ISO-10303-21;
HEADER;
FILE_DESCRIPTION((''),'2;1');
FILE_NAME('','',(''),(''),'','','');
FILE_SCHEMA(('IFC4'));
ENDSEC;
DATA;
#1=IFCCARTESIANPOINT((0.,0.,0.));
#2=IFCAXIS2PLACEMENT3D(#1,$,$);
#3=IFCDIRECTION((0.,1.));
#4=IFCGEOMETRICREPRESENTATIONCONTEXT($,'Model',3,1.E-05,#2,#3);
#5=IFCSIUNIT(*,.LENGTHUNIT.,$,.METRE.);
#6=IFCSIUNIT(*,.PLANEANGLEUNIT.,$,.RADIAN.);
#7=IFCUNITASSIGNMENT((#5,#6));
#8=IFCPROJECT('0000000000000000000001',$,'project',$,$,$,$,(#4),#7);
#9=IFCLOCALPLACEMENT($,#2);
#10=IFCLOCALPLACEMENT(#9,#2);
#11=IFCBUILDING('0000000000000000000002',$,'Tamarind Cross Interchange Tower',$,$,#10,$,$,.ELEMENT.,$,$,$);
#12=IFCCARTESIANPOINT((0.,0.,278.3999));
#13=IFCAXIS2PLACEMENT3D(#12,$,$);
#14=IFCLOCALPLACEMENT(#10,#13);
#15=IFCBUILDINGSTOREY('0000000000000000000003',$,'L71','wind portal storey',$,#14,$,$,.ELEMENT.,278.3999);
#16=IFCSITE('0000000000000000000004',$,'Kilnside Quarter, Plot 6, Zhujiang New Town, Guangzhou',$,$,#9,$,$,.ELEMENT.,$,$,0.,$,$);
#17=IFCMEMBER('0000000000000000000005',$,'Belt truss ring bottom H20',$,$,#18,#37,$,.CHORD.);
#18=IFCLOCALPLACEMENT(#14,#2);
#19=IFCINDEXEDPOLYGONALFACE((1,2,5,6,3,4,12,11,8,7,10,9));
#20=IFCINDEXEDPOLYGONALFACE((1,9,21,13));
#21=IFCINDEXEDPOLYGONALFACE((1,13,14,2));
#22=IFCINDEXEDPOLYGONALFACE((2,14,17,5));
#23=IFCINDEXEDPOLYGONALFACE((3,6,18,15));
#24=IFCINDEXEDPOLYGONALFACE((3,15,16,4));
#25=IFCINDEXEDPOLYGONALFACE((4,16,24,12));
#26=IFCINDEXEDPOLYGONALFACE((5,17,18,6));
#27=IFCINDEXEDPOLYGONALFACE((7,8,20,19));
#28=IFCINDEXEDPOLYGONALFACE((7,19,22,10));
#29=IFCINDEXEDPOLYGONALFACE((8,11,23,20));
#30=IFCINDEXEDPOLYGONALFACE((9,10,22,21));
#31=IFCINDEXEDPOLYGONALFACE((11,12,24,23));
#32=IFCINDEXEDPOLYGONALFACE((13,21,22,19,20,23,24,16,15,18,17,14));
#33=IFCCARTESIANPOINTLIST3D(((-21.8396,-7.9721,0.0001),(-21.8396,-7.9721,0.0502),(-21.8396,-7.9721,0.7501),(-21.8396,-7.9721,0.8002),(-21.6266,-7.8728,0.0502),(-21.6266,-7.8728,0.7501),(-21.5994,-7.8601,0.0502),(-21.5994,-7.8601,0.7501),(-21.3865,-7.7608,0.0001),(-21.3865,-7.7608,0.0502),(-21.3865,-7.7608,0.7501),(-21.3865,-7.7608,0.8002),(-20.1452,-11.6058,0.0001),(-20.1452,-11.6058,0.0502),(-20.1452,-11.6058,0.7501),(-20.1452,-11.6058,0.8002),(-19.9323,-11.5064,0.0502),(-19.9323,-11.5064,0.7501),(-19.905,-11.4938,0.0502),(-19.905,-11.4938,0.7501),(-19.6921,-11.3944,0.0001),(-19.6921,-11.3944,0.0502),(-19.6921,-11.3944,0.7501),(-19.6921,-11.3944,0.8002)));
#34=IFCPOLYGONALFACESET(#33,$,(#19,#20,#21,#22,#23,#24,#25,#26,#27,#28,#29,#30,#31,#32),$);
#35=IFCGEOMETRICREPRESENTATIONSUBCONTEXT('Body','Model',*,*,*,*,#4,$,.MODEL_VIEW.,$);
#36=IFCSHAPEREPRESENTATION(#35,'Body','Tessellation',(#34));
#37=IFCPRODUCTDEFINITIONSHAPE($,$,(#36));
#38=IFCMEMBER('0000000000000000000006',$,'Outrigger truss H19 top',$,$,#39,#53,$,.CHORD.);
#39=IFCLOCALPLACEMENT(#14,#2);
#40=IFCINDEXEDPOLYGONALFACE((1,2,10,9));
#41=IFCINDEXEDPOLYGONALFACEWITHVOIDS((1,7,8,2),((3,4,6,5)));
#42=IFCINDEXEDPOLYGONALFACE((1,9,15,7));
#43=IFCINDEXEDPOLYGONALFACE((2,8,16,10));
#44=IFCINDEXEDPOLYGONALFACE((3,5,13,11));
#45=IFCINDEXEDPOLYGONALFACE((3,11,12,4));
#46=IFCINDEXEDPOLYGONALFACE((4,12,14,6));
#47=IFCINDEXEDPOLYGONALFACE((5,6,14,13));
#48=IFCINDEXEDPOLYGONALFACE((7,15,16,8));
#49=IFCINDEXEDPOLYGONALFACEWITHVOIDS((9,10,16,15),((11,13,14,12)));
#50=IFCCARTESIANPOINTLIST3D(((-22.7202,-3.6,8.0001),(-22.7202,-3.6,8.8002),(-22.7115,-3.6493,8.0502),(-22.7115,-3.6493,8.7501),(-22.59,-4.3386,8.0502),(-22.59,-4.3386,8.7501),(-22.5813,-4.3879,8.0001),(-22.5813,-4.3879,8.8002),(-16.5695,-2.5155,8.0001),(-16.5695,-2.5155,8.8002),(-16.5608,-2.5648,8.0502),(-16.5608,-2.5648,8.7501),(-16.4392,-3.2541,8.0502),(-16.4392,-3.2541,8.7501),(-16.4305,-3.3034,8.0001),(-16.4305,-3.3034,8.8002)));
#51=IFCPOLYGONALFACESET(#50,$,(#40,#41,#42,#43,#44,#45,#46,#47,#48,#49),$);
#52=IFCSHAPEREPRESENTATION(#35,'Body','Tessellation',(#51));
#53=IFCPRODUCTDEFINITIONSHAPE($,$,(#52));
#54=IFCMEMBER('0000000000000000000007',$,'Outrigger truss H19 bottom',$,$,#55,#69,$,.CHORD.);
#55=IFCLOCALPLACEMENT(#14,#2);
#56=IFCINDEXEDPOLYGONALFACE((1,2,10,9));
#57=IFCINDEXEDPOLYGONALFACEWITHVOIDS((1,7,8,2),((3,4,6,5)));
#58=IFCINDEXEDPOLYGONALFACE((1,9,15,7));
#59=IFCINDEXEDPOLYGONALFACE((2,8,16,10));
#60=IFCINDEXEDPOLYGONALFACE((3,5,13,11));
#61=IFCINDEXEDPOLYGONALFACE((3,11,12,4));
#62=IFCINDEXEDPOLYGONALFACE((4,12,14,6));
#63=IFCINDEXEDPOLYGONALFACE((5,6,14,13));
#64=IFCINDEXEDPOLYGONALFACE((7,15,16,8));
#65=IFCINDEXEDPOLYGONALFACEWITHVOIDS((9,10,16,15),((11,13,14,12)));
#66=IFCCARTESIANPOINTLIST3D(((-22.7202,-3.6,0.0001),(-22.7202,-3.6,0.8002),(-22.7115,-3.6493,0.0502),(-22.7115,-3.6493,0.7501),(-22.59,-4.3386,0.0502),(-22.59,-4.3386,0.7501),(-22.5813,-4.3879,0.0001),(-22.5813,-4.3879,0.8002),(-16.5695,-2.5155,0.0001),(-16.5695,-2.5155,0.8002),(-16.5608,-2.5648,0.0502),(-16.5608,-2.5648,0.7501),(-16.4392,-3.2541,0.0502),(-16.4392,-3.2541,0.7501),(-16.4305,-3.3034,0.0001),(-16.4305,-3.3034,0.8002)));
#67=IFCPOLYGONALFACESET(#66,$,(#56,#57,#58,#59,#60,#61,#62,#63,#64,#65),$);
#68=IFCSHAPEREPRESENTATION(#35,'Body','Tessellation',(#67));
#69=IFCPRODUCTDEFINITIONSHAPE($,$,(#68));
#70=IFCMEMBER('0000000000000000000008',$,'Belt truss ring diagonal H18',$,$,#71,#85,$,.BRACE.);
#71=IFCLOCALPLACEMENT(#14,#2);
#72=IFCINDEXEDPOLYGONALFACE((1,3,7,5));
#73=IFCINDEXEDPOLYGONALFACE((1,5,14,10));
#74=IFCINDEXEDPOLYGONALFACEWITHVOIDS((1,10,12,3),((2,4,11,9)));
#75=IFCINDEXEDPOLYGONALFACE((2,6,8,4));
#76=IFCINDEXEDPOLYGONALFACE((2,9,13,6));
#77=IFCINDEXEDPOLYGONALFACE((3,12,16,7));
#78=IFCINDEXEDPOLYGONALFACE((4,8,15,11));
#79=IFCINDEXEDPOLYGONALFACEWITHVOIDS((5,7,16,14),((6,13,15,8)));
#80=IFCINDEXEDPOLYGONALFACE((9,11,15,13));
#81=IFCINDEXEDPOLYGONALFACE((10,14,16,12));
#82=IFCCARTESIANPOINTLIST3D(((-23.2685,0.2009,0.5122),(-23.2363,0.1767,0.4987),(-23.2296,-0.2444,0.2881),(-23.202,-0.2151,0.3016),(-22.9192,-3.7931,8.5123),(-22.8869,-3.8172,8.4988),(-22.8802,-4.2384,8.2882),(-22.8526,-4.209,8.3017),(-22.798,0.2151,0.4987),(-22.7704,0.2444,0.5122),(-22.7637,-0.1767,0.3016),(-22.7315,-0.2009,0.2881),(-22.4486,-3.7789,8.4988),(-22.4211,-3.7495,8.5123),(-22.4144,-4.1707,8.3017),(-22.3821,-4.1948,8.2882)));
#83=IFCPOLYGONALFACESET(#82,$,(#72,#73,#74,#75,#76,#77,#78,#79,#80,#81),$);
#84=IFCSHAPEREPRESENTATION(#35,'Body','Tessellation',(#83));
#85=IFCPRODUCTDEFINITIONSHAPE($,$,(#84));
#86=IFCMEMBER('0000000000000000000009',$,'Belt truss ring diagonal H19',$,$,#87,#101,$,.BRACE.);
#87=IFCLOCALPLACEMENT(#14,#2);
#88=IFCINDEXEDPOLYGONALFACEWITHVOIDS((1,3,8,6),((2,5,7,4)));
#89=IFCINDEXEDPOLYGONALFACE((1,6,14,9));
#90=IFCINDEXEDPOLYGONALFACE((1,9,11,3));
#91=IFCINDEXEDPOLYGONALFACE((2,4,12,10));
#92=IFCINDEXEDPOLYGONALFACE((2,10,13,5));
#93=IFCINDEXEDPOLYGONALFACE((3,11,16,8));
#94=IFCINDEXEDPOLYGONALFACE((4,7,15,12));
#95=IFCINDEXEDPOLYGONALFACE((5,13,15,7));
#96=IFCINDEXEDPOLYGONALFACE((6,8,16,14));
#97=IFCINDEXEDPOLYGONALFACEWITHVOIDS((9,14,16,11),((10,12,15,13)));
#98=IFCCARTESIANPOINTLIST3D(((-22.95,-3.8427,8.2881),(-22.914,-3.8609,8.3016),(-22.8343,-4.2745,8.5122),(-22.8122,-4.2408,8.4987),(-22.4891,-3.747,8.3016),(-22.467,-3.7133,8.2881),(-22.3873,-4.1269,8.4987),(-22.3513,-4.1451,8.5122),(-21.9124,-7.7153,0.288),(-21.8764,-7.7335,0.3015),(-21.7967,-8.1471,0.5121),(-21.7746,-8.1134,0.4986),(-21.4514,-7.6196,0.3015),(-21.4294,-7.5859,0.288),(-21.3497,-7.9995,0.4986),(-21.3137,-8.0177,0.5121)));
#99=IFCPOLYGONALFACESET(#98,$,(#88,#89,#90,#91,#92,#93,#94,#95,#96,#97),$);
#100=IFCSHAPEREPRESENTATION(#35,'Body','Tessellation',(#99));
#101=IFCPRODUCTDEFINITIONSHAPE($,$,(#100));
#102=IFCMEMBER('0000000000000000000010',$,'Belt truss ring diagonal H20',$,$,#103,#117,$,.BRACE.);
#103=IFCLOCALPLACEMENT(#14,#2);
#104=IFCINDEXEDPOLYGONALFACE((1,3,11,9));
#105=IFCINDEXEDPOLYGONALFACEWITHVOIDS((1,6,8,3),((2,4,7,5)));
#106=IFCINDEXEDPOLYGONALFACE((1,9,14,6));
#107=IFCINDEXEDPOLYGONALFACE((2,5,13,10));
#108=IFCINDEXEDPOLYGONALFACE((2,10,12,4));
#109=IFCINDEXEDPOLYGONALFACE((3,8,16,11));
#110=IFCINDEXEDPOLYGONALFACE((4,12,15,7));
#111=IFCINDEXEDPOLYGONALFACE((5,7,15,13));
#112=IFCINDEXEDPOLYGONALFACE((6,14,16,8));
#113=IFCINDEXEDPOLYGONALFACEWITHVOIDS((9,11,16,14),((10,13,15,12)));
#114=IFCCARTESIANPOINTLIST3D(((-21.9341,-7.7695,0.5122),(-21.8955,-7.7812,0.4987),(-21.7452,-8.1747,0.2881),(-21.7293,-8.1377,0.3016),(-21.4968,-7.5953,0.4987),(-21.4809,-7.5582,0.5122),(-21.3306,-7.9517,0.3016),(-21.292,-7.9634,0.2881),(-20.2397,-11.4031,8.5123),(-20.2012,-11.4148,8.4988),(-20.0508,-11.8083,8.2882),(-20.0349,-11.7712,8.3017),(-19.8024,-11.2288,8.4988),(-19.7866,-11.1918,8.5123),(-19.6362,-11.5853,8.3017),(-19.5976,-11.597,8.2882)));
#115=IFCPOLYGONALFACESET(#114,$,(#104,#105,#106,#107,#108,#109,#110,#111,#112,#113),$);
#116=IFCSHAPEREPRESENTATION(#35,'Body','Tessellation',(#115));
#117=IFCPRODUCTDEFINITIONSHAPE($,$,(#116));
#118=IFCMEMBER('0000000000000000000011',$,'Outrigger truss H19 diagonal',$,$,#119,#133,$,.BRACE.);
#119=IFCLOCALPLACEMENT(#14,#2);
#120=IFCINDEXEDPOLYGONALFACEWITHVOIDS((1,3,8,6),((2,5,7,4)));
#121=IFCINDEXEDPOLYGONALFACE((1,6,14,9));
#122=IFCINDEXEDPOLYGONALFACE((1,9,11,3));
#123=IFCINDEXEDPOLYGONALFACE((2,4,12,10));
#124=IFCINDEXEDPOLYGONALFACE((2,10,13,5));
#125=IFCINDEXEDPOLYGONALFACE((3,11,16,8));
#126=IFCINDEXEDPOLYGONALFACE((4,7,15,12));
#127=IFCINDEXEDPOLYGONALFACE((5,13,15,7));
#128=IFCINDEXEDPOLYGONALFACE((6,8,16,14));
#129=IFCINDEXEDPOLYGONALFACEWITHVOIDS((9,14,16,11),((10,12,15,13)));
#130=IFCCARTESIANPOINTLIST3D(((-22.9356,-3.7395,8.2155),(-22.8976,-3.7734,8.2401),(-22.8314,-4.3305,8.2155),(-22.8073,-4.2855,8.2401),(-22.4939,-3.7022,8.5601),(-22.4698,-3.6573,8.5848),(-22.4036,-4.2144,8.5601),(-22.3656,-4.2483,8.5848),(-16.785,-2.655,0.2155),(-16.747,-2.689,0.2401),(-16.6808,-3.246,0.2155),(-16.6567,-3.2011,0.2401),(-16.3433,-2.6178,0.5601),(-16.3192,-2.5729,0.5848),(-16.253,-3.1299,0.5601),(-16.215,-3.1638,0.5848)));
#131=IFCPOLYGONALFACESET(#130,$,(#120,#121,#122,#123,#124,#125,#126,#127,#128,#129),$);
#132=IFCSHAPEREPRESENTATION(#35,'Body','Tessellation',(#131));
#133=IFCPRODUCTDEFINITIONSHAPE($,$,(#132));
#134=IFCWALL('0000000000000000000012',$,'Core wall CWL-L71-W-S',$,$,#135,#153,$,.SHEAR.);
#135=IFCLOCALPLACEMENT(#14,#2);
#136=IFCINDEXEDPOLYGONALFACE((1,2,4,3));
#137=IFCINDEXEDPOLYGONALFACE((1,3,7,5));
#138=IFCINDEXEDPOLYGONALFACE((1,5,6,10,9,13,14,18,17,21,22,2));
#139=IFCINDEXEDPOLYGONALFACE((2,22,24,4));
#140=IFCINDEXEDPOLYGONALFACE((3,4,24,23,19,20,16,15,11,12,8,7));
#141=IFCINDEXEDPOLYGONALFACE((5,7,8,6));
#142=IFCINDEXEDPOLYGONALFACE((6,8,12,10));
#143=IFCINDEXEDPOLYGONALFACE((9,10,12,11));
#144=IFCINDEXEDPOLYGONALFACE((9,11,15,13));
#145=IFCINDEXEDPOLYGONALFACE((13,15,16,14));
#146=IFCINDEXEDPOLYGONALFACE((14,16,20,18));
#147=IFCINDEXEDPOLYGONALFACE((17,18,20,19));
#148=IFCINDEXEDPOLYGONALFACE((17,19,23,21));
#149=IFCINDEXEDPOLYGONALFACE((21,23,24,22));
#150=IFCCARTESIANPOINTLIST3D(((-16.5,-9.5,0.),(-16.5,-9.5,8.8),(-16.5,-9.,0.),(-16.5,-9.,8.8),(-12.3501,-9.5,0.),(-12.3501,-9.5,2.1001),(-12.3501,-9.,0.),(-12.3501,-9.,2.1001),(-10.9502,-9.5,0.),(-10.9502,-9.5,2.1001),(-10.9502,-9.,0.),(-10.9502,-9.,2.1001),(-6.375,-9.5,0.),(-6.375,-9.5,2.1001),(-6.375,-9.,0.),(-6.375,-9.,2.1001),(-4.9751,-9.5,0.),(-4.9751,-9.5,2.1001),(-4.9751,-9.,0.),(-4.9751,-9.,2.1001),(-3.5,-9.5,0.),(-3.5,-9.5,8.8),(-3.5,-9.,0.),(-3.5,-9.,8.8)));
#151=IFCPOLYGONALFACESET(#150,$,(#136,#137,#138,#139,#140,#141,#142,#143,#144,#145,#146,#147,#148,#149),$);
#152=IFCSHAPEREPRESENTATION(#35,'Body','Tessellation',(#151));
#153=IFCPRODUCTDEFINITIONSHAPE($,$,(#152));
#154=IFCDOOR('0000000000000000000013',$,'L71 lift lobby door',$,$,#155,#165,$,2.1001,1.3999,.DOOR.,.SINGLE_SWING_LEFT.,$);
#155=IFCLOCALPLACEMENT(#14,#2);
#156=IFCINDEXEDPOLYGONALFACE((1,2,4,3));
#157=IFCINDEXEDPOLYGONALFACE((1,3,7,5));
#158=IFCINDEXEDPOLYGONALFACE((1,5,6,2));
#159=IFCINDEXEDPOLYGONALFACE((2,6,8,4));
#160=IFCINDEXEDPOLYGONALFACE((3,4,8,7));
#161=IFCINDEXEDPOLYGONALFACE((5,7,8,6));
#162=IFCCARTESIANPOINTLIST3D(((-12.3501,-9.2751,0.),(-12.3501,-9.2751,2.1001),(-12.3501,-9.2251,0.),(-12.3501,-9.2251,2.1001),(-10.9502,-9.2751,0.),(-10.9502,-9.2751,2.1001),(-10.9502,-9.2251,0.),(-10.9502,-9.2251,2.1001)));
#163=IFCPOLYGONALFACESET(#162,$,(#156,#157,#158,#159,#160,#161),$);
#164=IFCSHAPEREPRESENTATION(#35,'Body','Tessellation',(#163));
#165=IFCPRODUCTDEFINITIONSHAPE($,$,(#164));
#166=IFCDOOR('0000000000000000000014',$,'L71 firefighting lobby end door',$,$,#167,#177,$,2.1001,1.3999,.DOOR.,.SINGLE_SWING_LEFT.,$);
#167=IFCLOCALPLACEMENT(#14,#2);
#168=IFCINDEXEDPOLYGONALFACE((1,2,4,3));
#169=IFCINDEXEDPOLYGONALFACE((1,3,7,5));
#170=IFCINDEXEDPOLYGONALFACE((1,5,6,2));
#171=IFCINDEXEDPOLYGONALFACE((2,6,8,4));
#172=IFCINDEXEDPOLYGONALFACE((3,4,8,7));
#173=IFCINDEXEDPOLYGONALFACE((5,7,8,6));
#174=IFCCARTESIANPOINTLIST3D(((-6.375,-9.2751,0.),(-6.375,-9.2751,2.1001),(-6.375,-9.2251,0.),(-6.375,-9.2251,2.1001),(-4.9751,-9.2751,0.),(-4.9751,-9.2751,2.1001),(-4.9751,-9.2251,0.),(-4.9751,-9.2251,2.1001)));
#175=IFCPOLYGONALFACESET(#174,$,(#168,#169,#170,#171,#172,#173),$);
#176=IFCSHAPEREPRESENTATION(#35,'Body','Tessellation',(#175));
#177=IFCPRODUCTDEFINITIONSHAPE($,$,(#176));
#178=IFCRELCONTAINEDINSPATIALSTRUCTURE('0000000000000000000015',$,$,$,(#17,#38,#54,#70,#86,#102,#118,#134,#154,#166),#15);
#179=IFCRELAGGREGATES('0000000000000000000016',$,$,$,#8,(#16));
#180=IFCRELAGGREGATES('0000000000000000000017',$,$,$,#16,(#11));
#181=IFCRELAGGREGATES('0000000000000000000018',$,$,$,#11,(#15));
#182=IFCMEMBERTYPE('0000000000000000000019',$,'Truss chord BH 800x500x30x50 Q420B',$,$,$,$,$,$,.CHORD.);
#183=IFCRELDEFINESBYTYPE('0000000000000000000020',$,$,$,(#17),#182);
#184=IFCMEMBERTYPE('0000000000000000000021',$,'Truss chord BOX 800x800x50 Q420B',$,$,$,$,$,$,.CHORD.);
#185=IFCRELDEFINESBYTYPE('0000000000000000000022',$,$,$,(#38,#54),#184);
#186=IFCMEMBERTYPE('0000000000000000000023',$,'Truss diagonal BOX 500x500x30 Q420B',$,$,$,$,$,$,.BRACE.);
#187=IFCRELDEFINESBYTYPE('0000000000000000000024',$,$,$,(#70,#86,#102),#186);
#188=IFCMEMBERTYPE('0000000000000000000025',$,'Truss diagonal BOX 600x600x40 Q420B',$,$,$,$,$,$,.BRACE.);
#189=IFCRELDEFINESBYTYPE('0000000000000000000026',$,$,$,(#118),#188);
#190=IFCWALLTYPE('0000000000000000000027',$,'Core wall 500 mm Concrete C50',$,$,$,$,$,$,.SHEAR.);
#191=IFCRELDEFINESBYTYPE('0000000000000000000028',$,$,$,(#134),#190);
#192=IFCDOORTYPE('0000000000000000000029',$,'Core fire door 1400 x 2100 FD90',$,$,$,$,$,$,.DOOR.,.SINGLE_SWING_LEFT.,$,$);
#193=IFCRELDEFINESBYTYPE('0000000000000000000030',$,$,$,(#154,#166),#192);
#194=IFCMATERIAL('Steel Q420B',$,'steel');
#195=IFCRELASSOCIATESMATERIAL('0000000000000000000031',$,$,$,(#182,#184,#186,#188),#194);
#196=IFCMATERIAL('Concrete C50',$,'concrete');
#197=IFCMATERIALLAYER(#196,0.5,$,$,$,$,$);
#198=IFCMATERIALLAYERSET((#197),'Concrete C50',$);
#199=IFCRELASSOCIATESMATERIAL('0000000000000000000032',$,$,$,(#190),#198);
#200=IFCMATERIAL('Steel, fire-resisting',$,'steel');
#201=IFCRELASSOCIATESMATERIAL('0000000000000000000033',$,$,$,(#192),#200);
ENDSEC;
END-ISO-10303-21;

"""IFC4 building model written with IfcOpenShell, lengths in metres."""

from ifc_helpers import new_model, si_unit, direction, frame, frame_2d, origin, origin_2d, place, context, subcontext, project, spatial, rectangle, hollow_rectangle, i_section, extrude, material, layer, layer_set, material_profile, profile_set, type_object, element, fill, save


model = new_model("IFC4")

# Units and contexts
model_context = context("Model", 3, precision=1e-05, world=origin(), true_north=direction((0.0, 1.0)))
body_context = subcontext(model_context, "Body", "Model", "MODEL_VIEW")
ifc_project = project(units=[si_unit("LENGTHUNIT", "METRE"), si_unit("PLANEANGLEUNIT", "RADIAN")], contexts=[model_context])

# Site, building, storey
site_placement = place(None, origin())
site = spatial("IfcSite", under=ifc_project, at=site_placement, Name="Kilnside Quarter, Plot 6, Zhujiang New Town, Guangzhou", CompositionType="ELEMENT", RefElevation=0.0)
building_placement = place(site_placement, origin())
building = spatial("IfcBuilding", under=site, at=building_placement, Name="Tamarind Cross Interchange Tower", CompositionType="ELEMENT")
storey_placement = place(building_placement, frame((0.0, 0.0, 278.3999)))
storey = spatial("IfcBuildingStorey", under=building, at=storey_placement, Name="L71", Description="wind portal storey", CompositionType="ELEMENT", Elevation=278.3999)

# Members
ifc_material_1 = material(Name="Steel Q420B", Category="steel")
ifc_material_profile_1 = material_profile(ifc_material_1, i_section(OverallWidth=0.5, OverallDepth=0.8, WebThickness=0.03, FlangeThickness=0.05, at=origin_2d()), Name="BH 800x500x30x50")
ifc_profile_set_1 = profile_set([ifc_material_profile_1], Name="Steel Q420B")
member_type_1 = type_object("IfcMemberType", Name="Truss chord BH 800x500x30x50 Q420B", PredefinedType="CHORD", material=ifc_profile_set_1)
for number, where, z_axis, x_axis, name in (
    (1, (-21.613, -7.8665, 0.4001), (0.422615, -0.906309, 0.0), (0.906309, 0.422615, 0.0), "Belt truss ring bottom H20"),
):
    element("IfcMember", number, at=place(storey_placement, frame(where, z_axis=z_axis, x_axis=x_axis)), inside=storey, type_object=member_type_1, Name=name, PredefinedType="CHORD", context=body_context, shape_type="SweptSolid", body=[
        extrude(i_section(OverallWidth=0.5, OverallDepth=0.8, WebThickness=0.03, FlangeThickness=0.05, at=origin_2d()), origin(), (0.0, 0.0, 1.0), 4.0093),
    ])
ifc_material_profile_2 = material_profile(ifc_material_1, hollow_rectangle(XDim=0.8, YDim=0.8, WallThickness=0.05, at=origin_2d()), Name="BOX 800x800x50")
ifc_profile_set_2 = profile_set([ifc_material_profile_2], Name="Steel Q420B")
member_type_2 = type_object("IfcMemberType", Name="Truss chord BOX 800x800x50 Q420B", PredefinedType="CHORD", material=ifc_profile_set_2)
for number, where, z_axis, x_axis, name in (
    (2, (-16.5, -2.9094, 8.4001), (-0.984809, -0.17364, 0.0), (0.17364, -0.984809, 0.0), "Outrigger truss H19 top"),
    (3, (-16.5, -2.9094, 0.4001), (-0.984809, -0.17364, 0.0), (0.17364, -0.984809, 0.0), "Outrigger truss H19 bottom"),
):
    element("IfcMember", number, at=place(storey_placement, frame(where, z_axis=z_axis, x_axis=x_axis)), inside=storey, type_object=member_type_2, Name=name, PredefinedType="CHORD", context=body_context, shape_type="SweptSolid", body=[
        extrude(hollow_rectangle(XDim=0.8, YDim=0.8, WallThickness=0.05, at=origin_2d()), origin(), (0.0, 0.0, 1.0), 6.2456),
    ])
ifc_material_profile_3 = material_profile(ifc_material_1, hollow_rectangle(XDim=0.5, YDim=0.5, WallThickness=0.03, at=origin_2d()), Name="BOX 500x500x30")
ifc_profile_set_3 = profile_set([ifc_material_profile_3], Name="Steel Q420B")
member_type_3 = type_object("IfcMemberType", Name="Truss diagonal BOX 500x500x30 Q420B", PredefinedType="BRACE", material=ifc_profile_set_3)
for number, where, z_axis, x_axis, name in (
    (4, (-23.0, 0.0, 0.4001), (0.039042, -0.446327, 0.894018), (0.996196, 0.087142, 0.0), "Belt truss ring diagonal H18"),
    (5, (-22.6506, -3.9939, 8.4001), (0.115954, -0.432767, -0.894018), (0.965929, 0.258807, 0.0), "Belt truss ring diagonal H19"),
    (6, (-21.613, -7.8665, 0.4001), (0.189346, -0.406056, 0.894017), (0.906309, 0.422615, 0.0), "Belt truss ring diagonal H20"),
):
    element("IfcMember", number, at=place(storey_placement, frame(where, z_axis=z_axis, x_axis=x_axis)), inside=storey, type_object=member_type_3, Name=name, PredefinedType="BRACE", context=body_context, shape_type="SweptSolid", body=[
        extrude(hollow_rectangle(XDim=0.5, YDim=0.5, WallThickness=0.03, at=origin_2d()), origin(), (0.0, 0.0, 1.0), 8.9485),
    ])
ifc_material_profile_4 = material_profile(ifc_material_1, hollow_rectangle(XDim=0.6001, YDim=0.6001, WallThickness=0.04, at=origin_2d()), Name="BOX 600x600x40")
ifc_profile_set_4 = profile_set([ifc_material_profile_4], Name="Steel Q420B")
member_type_4 = type_object("IfcMemberType", Name="Truss diagonal BOX 600x600x40 Q420B", PredefinedType="BRACE", material=ifc_profile_set_4)
member_placement = place(storey_placement, frame((-16.5, -2.9094, 0.4001), z_axis=(-0.606021, -0.106853, 0.788239), x_axis=(0.17364, -0.984809, 0.0)))
element("IfcMember", 7, at=member_placement, inside=storey, type_object=member_type_4, Name="Outrigger truss H19 diagonal", PredefinedType="BRACE", context=body_context, shape_type="SweptSolid", body=[
    extrude(hollow_rectangle(XDim=0.6001, YDim=0.6001, WallThickness=0.04, at=origin_2d()), origin(), (0.0, 0.0, 1.0), 10.1492),
])

# Wall, openings, doors
ifc_material_2 = material(Name="Concrete C50", Category="concrete")
ifc_layer_1 = layer(ifc_material_2, 0.5)
ifc_layer_set_1 = layer_set([ifc_layer_1], Name="Concrete C50")
wall_type_1 = type_object("IfcWallType", Name="Core wall 500 mm Concrete C50", PredefinedType="SHEAR", material=ifc_layer_set_1)
wall_1_placement = place(storey_placement, frame((-16.5, -9.25, 0.0), z_axis=(0.0, 0.0, 1.0), x_axis=(1.0, 0.0, 0.0)))
wall_1 = element("IfcWall", 8, at=wall_1_placement, inside=storey, type_object=wall_type_1, Name="Core wall CWL-L71-W-S", PredefinedType="SHEAR", context=body_context, shape_type="SweptSolid", body=[
    extrude(rectangle(XDim=13.0, YDim=0.5, at=frame_2d((6.5, 0.0))), origin(), (0.0, 0.0, 1.0), 8.8),
])
opening_1_placement = place(wall_1_placement, frame((4.1499, 0.0, 0.0)))
opening_1 = element("IfcOpeningElement", 9, at=opening_1_placement, cuts=wall_1, PredefinedType="OPENING", context=body_context, shape_type="SweptSolid", body=[
    extrude(rectangle(XDim=1.3999, YDim=2.1001, at=frame_2d((0.7, 1.05))), frame((0.0, 0.26, 0.0), z_axis=(0.0, -1.0, 0.0), x_axis=(1.0, 0.0, 0.0)), (0.0, 0.0, 1.0), 0.52),
])
opening_2_placement = place(wall_1_placement, frame((10.125, 0.0, 0.0)))
opening_2 = element("IfcOpeningElement", 10, at=opening_2_placement, cuts=wall_1, PredefinedType="OPENING", context=body_context, shape_type="SweptSolid", body=[
    extrude(rectangle(XDim=1.3999, YDim=2.1001, at=frame_2d((0.7, 1.05))), frame((0.0, 0.26, 0.0), z_axis=(0.0, -1.0, 0.0), x_axis=(1.0, 0.0, 0.0)), (0.0, 0.0, 1.0), 0.52),
])
ifc_material_3 = material(Name="Steel, fire-resisting", Category="steel")
door_type_1 = type_object("IfcDoorType", Name="Core fire door 1400 x 2100 FD90", OperationType="SINGLE_SWING_LEFT", PredefinedType="DOOR", material=ifc_material_3)
door_1_placement = place(opening_1_placement, origin())
door_1 = element("IfcDoor", 11, at=door_1_placement, inside=storey, type_object=door_type_1, Name="L71 lift lobby door", OperationType="SINGLE_SWING_LEFT", OverallHeight=2.1001, OverallWidth=1.3999, PredefinedType="DOOR", context=body_context, shape_type="SweptSolid", body=[
    extrude(rectangle(XDim=1.3999, YDim=2.1001, at=frame_2d((0.7, 1.05))), frame((0.0, 0.0249, 0.0), z_axis=(0.0, -1.0, 0.0), x_axis=(1.0, 0.0, 0.0)), (0.0, 0.0, 1.0), 0.05),
])
fill(opening_1, door_1)
door_2_placement = place(opening_2_placement, origin())
door_2 = element("IfcDoor", 12, at=door_2_placement, inside=storey, type_object=door_type_1, Name="L71 firefighting lobby end door", OperationType="SINGLE_SWING_LEFT", OverallHeight=2.1001, OverallWidth=1.3999, PredefinedType="DOOR", context=body_context, shape_type="SweptSolid", body=[
    extrude(rectangle(XDim=1.3999, YDim=2.1001, at=frame_2d((0.7, 1.05))), frame((0.0, 0.0249, 0.0), z_axis=(0.0, -1.0, 0.0), x_axis=(1.0, 0.0, 0.0)), (0.0, 0.0, 1.0), 0.05),
])
fill(opening_2, door_2)

save(model, "model.ifc")
